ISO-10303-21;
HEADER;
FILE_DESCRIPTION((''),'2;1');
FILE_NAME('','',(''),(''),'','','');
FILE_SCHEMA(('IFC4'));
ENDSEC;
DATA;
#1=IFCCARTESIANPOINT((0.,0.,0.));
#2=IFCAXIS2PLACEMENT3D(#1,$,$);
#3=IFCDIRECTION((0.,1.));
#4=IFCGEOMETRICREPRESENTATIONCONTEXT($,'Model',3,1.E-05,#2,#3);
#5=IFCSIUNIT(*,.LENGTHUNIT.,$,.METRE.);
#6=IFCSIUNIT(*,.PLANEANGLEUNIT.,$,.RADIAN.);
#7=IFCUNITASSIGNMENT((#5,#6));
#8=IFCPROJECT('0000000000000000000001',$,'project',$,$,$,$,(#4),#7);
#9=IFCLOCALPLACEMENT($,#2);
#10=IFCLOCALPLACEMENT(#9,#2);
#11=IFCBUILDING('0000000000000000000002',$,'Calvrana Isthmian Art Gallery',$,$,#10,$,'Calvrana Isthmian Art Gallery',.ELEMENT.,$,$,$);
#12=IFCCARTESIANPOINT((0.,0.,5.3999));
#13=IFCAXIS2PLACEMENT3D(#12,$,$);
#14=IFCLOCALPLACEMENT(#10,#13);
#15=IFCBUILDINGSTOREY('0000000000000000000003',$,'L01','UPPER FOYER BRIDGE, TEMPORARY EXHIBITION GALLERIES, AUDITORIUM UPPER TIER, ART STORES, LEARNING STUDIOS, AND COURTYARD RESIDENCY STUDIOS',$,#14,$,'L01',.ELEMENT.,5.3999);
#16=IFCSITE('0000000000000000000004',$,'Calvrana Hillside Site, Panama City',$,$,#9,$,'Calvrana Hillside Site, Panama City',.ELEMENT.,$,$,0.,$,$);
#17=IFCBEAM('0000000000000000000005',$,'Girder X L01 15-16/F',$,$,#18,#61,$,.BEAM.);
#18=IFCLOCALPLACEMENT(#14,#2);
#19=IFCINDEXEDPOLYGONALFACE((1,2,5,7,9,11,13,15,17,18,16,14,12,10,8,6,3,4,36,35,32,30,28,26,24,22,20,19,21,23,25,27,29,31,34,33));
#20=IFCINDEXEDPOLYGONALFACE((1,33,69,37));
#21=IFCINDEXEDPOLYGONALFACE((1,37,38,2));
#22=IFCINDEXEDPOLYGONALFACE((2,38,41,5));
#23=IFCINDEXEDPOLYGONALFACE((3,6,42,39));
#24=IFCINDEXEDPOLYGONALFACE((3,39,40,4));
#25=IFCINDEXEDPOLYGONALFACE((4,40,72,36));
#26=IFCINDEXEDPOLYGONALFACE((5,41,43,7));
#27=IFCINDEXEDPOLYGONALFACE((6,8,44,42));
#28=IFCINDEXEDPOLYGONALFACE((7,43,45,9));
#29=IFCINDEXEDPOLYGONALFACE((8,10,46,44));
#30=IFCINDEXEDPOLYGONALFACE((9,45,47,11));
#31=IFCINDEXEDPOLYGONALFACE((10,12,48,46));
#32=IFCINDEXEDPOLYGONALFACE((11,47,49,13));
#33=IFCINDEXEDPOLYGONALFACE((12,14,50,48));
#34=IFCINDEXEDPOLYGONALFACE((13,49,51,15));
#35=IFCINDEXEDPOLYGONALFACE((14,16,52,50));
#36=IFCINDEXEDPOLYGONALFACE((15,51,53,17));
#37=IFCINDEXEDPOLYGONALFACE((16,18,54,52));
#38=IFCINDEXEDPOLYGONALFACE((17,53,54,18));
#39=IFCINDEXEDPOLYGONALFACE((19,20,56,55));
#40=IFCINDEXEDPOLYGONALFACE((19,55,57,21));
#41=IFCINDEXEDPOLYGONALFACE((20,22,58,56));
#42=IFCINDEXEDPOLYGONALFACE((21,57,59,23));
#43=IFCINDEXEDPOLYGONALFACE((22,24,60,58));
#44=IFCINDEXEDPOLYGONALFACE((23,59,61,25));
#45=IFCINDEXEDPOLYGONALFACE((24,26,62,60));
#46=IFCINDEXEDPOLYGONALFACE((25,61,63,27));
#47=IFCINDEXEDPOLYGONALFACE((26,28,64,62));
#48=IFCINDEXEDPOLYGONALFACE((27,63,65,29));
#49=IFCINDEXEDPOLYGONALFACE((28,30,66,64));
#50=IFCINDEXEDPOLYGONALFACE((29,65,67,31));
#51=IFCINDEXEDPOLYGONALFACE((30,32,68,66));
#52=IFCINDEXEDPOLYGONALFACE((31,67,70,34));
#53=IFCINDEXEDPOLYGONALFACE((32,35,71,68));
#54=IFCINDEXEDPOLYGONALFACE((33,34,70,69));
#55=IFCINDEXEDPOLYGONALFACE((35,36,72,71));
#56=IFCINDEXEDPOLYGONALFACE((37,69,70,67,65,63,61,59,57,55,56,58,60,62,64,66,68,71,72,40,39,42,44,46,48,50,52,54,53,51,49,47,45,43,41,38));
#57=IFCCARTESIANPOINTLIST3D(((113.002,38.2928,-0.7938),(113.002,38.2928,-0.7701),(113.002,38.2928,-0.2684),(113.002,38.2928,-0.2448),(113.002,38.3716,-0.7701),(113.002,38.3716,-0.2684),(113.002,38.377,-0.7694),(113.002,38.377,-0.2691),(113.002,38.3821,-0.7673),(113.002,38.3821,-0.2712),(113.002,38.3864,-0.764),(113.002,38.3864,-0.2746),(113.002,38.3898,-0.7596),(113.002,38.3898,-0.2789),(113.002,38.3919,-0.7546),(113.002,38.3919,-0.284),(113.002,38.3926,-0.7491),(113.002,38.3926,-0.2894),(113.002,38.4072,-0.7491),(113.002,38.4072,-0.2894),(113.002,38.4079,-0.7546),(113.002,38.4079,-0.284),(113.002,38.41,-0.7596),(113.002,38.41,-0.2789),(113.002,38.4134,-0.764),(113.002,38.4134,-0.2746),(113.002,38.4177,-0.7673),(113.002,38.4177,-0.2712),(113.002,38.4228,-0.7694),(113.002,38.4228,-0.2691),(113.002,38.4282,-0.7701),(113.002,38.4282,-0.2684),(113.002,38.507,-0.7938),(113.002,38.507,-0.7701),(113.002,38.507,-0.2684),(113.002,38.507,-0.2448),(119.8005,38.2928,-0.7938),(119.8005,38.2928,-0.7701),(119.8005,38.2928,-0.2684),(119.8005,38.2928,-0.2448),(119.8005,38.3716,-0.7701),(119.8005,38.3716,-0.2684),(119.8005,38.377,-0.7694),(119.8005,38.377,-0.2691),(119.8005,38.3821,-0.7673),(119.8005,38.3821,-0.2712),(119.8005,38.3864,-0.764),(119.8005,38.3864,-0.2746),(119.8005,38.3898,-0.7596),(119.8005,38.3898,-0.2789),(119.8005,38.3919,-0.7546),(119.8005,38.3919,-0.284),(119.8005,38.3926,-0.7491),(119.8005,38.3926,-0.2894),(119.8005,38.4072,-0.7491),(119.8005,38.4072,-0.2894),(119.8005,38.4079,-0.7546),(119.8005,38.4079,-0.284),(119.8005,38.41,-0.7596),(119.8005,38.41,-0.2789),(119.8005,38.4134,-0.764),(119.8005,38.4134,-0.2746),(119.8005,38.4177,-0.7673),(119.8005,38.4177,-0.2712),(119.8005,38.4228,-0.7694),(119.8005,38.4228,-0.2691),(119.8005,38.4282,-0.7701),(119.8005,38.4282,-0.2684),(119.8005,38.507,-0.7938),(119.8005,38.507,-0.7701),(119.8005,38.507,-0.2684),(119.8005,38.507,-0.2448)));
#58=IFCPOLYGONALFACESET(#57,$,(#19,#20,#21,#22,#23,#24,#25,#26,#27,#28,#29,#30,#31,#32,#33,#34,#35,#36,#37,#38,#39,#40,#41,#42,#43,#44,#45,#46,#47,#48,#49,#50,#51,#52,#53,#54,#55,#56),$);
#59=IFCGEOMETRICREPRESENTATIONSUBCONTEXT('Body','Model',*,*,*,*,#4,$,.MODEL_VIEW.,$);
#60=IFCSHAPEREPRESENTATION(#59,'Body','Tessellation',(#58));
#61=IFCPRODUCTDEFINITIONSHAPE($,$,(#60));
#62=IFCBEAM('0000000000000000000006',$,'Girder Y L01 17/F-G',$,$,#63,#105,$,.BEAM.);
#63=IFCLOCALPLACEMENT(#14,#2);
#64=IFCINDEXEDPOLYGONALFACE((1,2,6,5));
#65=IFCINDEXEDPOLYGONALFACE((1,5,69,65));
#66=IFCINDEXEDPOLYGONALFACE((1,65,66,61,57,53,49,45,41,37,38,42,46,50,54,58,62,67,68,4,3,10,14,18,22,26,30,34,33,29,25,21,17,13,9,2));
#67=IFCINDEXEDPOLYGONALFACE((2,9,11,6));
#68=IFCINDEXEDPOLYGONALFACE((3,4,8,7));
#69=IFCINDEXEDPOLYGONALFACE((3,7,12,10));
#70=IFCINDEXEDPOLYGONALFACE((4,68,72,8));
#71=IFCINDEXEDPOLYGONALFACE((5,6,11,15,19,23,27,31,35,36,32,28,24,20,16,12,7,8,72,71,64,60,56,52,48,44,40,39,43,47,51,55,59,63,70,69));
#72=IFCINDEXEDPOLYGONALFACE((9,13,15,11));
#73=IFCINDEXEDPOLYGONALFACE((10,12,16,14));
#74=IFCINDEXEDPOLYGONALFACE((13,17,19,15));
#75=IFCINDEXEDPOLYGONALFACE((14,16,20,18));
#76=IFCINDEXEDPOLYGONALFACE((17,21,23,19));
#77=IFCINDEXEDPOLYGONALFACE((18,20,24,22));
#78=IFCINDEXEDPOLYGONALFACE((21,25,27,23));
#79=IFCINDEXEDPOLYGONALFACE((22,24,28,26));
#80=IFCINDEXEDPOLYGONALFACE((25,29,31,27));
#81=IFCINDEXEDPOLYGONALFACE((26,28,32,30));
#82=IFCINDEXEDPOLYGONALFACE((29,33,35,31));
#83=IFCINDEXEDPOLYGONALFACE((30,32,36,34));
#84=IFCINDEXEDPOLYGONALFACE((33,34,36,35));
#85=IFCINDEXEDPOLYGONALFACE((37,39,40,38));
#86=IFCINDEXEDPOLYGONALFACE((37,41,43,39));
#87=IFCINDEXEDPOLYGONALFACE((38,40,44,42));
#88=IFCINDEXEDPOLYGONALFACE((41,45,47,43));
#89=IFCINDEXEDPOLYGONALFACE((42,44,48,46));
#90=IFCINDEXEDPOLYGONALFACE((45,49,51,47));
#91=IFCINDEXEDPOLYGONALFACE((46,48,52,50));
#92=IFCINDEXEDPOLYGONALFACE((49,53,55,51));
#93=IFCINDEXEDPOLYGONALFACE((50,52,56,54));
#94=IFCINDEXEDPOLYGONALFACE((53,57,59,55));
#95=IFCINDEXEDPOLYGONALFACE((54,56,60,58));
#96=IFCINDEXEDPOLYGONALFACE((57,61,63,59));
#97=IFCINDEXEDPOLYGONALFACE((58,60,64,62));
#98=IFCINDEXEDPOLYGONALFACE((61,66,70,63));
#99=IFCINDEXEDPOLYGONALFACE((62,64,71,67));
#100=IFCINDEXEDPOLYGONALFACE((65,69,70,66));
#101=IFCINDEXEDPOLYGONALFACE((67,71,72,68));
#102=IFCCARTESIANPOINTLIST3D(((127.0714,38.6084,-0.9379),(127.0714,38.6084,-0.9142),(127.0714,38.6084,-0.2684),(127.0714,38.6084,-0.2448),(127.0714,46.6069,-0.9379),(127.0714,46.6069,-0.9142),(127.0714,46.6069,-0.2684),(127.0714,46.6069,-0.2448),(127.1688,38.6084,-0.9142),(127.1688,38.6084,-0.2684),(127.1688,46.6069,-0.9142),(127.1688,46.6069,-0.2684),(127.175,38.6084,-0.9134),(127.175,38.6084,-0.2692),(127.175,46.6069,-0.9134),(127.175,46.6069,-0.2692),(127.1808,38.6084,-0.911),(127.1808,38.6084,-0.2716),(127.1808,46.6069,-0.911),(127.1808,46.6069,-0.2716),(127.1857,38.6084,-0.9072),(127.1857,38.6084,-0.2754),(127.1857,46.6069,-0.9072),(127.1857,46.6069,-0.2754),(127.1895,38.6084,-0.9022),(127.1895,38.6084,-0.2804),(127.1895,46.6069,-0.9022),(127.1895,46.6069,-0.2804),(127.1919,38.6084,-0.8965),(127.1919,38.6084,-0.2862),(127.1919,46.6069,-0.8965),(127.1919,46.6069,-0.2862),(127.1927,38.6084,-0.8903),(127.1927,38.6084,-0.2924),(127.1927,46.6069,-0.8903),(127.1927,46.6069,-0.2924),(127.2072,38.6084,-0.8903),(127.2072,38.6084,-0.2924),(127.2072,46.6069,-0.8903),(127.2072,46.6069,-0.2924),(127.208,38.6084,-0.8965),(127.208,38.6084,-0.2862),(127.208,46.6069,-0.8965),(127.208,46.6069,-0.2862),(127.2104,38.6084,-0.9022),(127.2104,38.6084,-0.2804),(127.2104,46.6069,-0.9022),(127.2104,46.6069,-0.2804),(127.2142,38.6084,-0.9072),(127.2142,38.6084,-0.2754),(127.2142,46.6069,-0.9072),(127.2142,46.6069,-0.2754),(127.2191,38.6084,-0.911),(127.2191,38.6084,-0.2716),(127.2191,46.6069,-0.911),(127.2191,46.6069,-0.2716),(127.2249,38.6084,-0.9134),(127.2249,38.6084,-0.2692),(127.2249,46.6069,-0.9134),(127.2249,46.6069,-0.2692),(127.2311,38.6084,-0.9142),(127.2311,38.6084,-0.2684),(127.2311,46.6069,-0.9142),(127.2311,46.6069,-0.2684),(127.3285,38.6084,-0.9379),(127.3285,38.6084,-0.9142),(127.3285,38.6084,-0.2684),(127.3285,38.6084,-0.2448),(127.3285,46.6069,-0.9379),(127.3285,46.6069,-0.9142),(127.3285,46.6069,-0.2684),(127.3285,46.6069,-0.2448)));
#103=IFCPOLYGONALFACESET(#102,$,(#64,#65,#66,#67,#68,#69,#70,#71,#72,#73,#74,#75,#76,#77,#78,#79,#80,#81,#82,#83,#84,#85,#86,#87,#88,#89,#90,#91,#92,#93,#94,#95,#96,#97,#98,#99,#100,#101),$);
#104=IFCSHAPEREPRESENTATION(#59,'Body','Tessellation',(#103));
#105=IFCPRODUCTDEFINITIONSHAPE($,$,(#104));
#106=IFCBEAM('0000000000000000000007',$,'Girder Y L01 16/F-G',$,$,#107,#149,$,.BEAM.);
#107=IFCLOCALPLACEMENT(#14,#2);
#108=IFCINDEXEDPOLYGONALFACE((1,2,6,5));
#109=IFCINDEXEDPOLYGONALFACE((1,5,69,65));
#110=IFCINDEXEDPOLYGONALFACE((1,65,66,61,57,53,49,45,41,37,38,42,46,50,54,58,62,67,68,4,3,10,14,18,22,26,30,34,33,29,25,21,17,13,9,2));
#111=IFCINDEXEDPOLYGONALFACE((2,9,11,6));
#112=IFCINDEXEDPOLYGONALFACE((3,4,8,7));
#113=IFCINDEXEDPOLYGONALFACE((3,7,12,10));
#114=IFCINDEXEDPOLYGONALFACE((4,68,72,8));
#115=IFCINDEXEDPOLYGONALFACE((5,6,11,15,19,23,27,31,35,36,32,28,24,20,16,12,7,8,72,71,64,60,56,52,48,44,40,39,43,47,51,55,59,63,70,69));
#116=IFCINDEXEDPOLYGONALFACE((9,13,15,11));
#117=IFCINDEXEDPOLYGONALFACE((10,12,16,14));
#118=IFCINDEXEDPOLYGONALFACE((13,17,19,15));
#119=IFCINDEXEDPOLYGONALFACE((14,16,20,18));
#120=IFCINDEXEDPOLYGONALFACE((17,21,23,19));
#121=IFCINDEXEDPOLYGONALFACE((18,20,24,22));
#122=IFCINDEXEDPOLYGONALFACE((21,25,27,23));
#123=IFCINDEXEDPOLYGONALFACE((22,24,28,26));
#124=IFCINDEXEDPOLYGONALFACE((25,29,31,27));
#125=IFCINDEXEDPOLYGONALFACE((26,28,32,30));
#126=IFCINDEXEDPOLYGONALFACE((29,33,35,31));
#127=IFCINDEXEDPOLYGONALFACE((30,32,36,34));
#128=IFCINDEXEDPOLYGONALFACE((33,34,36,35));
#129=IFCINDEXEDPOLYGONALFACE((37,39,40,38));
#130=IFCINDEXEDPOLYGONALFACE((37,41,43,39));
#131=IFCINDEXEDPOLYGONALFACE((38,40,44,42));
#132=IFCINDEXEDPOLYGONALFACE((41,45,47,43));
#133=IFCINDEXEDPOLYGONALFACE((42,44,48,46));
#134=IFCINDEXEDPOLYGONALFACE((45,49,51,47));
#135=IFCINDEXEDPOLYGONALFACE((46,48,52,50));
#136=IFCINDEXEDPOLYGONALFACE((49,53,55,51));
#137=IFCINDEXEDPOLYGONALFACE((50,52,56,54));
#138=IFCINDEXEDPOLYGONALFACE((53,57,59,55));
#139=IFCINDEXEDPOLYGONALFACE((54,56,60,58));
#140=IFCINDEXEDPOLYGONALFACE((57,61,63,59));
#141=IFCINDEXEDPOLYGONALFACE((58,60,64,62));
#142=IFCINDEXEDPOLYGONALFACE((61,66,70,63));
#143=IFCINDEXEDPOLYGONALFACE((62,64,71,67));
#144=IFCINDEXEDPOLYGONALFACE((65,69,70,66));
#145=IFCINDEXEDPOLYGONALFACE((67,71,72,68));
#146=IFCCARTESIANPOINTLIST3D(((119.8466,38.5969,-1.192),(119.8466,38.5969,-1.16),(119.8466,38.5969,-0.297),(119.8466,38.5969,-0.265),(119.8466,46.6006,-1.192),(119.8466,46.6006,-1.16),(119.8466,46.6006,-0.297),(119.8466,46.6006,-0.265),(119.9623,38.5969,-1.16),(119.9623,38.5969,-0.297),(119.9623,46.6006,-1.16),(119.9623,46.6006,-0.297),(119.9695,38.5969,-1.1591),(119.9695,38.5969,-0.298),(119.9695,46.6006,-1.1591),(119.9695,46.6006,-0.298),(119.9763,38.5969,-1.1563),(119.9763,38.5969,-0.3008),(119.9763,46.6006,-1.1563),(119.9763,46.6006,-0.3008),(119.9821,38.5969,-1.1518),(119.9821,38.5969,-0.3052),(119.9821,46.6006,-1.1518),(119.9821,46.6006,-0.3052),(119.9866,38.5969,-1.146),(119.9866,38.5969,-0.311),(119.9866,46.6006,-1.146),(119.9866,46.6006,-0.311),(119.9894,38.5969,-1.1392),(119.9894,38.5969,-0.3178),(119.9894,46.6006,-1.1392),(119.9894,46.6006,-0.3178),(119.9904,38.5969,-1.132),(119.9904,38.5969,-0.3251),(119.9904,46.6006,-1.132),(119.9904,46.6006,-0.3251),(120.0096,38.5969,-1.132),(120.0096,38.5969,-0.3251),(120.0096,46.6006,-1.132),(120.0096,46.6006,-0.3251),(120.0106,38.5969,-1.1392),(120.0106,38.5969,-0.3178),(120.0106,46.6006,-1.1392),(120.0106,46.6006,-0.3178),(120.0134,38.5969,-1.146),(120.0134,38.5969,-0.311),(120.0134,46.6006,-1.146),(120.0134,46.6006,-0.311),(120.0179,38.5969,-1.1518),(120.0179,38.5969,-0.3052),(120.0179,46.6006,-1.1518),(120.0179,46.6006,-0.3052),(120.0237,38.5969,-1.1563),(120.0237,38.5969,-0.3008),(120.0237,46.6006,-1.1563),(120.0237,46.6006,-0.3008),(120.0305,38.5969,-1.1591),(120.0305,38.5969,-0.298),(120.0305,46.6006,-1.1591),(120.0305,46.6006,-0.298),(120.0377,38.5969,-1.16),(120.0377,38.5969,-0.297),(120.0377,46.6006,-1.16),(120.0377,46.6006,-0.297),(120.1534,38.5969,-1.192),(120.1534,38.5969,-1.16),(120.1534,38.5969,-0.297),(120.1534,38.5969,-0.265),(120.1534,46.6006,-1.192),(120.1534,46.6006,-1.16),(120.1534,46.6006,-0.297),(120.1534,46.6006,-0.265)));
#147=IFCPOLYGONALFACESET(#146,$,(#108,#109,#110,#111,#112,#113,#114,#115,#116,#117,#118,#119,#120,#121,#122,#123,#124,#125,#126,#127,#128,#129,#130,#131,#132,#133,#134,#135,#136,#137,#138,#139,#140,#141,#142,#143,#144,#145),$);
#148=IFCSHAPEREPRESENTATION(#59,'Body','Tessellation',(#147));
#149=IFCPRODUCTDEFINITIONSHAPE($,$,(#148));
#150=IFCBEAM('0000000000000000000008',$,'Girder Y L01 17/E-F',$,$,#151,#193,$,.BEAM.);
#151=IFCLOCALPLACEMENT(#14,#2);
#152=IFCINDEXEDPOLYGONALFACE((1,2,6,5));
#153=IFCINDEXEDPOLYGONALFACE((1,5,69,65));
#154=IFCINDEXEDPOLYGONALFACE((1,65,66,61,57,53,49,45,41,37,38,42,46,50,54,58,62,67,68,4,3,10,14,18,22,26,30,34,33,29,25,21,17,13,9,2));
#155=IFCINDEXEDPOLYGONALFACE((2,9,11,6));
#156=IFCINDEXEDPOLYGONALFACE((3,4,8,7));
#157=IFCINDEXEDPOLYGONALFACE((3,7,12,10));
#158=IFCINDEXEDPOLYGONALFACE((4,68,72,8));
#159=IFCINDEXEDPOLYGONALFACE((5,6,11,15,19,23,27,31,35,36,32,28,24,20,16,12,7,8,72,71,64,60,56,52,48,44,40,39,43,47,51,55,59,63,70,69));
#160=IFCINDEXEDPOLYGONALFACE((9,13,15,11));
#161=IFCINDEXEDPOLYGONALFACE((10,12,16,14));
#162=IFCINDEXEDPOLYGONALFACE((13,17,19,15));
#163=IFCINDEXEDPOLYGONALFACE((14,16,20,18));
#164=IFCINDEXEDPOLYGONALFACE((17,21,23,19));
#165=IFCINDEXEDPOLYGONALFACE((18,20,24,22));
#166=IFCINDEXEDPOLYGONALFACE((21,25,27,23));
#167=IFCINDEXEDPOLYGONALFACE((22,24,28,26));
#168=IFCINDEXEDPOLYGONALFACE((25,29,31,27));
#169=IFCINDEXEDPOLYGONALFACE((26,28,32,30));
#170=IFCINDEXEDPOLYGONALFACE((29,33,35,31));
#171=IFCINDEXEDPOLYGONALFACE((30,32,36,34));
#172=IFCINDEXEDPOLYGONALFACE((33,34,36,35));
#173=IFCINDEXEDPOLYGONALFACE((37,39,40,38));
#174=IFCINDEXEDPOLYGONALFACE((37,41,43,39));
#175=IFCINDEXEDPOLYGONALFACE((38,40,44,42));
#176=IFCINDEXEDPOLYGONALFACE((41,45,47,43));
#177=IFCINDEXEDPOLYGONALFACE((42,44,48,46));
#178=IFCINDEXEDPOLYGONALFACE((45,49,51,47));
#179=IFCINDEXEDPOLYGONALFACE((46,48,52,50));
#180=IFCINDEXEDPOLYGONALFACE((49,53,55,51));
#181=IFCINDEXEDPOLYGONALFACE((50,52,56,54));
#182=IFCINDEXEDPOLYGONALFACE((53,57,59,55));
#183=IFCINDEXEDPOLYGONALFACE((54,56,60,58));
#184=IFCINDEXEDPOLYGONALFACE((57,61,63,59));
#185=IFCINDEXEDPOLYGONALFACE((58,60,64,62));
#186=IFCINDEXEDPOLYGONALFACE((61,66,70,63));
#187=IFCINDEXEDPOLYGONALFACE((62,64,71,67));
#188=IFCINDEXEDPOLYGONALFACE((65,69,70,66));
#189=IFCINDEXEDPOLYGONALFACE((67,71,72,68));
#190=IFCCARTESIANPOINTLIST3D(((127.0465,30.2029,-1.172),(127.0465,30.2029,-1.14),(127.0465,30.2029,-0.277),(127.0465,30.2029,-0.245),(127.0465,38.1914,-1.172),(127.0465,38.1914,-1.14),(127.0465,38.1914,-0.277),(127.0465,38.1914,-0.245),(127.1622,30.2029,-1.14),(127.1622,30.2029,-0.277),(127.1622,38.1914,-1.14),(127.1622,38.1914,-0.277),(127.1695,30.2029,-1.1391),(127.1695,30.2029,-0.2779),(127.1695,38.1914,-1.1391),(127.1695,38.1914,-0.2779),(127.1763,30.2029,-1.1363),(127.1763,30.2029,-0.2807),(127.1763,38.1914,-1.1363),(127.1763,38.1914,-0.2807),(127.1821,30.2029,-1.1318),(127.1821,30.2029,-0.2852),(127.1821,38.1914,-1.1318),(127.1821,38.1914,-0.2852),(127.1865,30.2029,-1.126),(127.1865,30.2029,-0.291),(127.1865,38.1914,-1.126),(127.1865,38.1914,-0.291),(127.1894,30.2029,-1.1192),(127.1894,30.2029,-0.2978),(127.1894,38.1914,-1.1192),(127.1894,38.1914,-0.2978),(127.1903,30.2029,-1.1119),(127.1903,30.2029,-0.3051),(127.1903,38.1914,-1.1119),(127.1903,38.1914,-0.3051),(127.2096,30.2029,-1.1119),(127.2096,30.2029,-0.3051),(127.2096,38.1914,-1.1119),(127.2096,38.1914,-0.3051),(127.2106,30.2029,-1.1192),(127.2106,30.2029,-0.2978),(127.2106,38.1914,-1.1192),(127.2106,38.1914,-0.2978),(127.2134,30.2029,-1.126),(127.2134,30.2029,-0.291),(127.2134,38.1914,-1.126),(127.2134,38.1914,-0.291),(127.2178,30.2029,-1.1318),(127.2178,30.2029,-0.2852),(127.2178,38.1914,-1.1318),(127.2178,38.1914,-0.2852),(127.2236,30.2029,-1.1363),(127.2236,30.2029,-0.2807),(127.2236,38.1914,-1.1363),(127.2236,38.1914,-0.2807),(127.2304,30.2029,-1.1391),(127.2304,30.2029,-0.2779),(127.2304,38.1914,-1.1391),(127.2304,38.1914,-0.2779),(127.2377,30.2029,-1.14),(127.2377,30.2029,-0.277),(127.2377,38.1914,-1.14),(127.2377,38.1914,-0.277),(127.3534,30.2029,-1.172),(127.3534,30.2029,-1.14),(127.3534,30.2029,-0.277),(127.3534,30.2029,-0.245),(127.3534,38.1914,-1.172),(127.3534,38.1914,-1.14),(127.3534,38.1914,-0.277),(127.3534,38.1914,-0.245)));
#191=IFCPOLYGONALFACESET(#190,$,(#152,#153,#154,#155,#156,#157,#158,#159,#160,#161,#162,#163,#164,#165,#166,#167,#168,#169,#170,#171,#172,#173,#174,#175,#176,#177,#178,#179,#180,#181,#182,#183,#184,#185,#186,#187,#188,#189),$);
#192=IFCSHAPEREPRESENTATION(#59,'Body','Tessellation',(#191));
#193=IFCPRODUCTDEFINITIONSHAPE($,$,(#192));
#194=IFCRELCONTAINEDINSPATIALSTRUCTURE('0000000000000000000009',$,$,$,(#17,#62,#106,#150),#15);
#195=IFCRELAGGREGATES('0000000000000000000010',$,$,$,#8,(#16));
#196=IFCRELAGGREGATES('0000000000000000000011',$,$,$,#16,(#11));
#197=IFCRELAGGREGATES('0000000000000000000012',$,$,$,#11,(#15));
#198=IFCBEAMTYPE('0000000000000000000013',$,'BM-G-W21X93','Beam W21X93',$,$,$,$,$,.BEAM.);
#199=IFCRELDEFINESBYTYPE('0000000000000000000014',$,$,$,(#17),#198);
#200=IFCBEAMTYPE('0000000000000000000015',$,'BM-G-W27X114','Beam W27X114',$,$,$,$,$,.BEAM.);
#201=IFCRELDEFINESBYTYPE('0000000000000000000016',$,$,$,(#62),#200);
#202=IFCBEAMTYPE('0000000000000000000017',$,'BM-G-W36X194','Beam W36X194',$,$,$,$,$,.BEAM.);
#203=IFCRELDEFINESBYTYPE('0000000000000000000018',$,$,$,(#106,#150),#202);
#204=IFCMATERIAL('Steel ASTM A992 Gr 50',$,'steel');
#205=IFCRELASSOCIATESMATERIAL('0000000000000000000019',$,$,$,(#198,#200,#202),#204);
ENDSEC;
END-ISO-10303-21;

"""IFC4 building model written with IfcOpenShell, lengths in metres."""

from ifc_helpers import new_model, si_unit, direction, frame, origin, origin_2d, place, context, subcontext, project, spatial, i_section, extrude, material, material_profile, profile_set, type_object, element, save


model = new_model("IFC4")

# Units and contexts
model_context = context("Model", 3, precision=1e-05, world=origin(), true_north=direction((0.0, 1.0)))
body_context = subcontext(model_context, "Body", "Model", "MODEL_VIEW")
ifc_project = project(units=[si_unit("LENGTHUNIT", "METRE"), si_unit("PLANEANGLEUNIT", "RADIAN")], contexts=[model_context])

# Site, building, storey
site_placement = place(None, origin())
site = spatial("IfcSite", under=ifc_project, at=site_placement, Name="Calvrana Hillside Site, Panama City", LongName="Calvrana Hillside Site, Panama City", CompositionType="ELEMENT", RefElevation=0.0)
building_placement = place(site_placement, origin())
building = spatial("IfcBuilding", under=site, at=building_placement, Name="Calvrana Isthmian Art Gallery", LongName="Calvrana Isthmian Art Gallery", CompositionType="ELEMENT")
storey_placement = place(building_placement, frame((0.0, 0.0, 5.3999)))
storey = spatial("IfcBuildingStorey", under=building, at=storey_placement, Name="L01", Description="UPPER FOYER BRIDGE, TEMPORARY EXHIBITION GALLERIES, AUDITORIUM UPPER TIER, ART STORES, LEARNING STUDIOS, AND COURTYARD RESIDENCY STUDIOS", LongName="L01", CompositionType="ELEMENT", Elevation=5.3999)

# Shared definitions
ifc_material_1 = material(Name="Steel ASTM A992 Gr 50", Category="steel")

# Beams
ifc_material_profile_1 = material_profile(ifc_material_1, i_section(OverallWidth=0.2141, OverallDepth=0.5491, WebThickness=0.0146, FlangeThickness=0.0237, FilletRadius=0.021, at=origin_2d()), Name="W21X93")
ifc_profile_set_1 = profile_set([ifc_material_profile_1], Name="Steel ASTM A992 Gr 50")
beam_type_1 = type_object("IfcBeamType", Name="BM-G-W21X93", Description="Beam W21X93", PredefinedType="BEAM", material=ifc_profile_set_1)
beam_1_placement = place(storey_placement, frame((113.002, 38.3999, -0.5193), z_axis=(1.0, 0.0, 0.0), x_axis=(0.0, 1.0, 0.0)))
element("IfcBeam", 1, at=beam_1_placement, inside=storey, type_object=beam_type_1, Name="Girder X L01 15-16/F", PredefinedType="BEAM", context=body_context, shape_type="SweptSolid", body=[
    extrude(i_section(OverallWidth=0.2141, OverallDepth=0.5491, WebThickness=0.0146, FlangeThickness=0.0237, FilletRadius=0.021, at=origin_2d()), origin(), (0.0, 0.0, 1.0), 6.7986),
])
ifc_material_profile_2 = material_profile(ifc_material_1, i_section(OverallWidth=0.2571, OverallDepth=0.6931, WebThickness=0.0144, FlangeThickness=0.0237, FilletRadius=0.0239, at=origin_2d()), Name="W27X114")
ifc_profile_set_2 = profile_set([ifc_material_profile_2], Name="Steel ASTM A992 Gr 50")
beam_type_2 = type_object("IfcBeamType", Name="BM-G-W27X114", Description="Beam W27X114", PredefinedType="BEAM", material=ifc_profile_set_2)
beam_2_placement = place(storey_placement, frame((127.2, 38.6084, -0.5913), z_axis=(0.0, 1.0, 0.0), x_axis=(-1.0, 0.0, 0.0)))
element("IfcBeam", 2, at=beam_2_placement, inside=storey, type_object=beam_type_2, Name="Girder Y L01 17/F-G", PredefinedType="BEAM", context=body_context, shape_type="SweptSolid", body=[
    extrude(i_section(OverallWidth=0.2571, OverallDepth=0.6931, WebThickness=0.0144, FlangeThickness=0.0237, FilletRadius=0.0239, at=origin_2d()), origin(), (0.0, 0.0, 1.0), 7.9985),
])
ifc_material_profile_3 = material_profile(ifc_material_1, i_section(OverallWidth=0.3069, OverallDepth=0.927, WebThickness=0.0193, FlangeThickness=0.032, FilletRadius=0.0281, at=origin_2d()), Name="W36X194")
ifc_profile_set_3 = profile_set([ifc_material_profile_3], Name="Steel ASTM A992 Gr 50")
beam_type_3 = type_object("IfcBeamType", Name="BM-G-W36X194", Description="Beam W36X194", PredefinedType="BEAM", material=ifc_profile_set_3)
beam_3_placement = place(storey_placement, frame((120.0, 38.5969, -0.7285), z_axis=(0.0, 1.0, 0.0), x_axis=(-1.0, 0.0, 0.0)))
element("IfcBeam", 3, at=beam_3_placement, inside=storey, type_object=beam_type_3, Name="Girder Y L01 16/F-G", PredefinedType="BEAM", context=body_context, shape_type="SweptSolid", body=[
    extrude(i_section(OverallWidth=0.3069, OverallDepth=0.927, WebThickness=0.0193, FlangeThickness=0.032, FilletRadius=0.0281, at=origin_2d()), origin(), (0.0, 0.0, 1.0), 8.0037),
])
beam_4_placement = place(storey_placement, frame((127.2, 30.2029, -0.7085), z_axis=(0.0, 1.0, 0.0), x_axis=(-1.0, 0.0, 0.0)))
element("IfcBeam", 4, at=beam_4_placement, inside=storey, type_object=beam_type_3, Name="Girder Y L01 17/E-F", PredefinedType="BEAM", context=body_context, shape_type="SweptSolid", body=[
    extrude(i_section(OverallWidth=0.3069, OverallDepth=0.927, WebThickness=0.0193, FlangeThickness=0.032, FilletRadius=0.0281, at=origin_2d()), origin(), (0.0, 0.0, 1.0), 7.9885),
])

save(model, "model.ifc")
